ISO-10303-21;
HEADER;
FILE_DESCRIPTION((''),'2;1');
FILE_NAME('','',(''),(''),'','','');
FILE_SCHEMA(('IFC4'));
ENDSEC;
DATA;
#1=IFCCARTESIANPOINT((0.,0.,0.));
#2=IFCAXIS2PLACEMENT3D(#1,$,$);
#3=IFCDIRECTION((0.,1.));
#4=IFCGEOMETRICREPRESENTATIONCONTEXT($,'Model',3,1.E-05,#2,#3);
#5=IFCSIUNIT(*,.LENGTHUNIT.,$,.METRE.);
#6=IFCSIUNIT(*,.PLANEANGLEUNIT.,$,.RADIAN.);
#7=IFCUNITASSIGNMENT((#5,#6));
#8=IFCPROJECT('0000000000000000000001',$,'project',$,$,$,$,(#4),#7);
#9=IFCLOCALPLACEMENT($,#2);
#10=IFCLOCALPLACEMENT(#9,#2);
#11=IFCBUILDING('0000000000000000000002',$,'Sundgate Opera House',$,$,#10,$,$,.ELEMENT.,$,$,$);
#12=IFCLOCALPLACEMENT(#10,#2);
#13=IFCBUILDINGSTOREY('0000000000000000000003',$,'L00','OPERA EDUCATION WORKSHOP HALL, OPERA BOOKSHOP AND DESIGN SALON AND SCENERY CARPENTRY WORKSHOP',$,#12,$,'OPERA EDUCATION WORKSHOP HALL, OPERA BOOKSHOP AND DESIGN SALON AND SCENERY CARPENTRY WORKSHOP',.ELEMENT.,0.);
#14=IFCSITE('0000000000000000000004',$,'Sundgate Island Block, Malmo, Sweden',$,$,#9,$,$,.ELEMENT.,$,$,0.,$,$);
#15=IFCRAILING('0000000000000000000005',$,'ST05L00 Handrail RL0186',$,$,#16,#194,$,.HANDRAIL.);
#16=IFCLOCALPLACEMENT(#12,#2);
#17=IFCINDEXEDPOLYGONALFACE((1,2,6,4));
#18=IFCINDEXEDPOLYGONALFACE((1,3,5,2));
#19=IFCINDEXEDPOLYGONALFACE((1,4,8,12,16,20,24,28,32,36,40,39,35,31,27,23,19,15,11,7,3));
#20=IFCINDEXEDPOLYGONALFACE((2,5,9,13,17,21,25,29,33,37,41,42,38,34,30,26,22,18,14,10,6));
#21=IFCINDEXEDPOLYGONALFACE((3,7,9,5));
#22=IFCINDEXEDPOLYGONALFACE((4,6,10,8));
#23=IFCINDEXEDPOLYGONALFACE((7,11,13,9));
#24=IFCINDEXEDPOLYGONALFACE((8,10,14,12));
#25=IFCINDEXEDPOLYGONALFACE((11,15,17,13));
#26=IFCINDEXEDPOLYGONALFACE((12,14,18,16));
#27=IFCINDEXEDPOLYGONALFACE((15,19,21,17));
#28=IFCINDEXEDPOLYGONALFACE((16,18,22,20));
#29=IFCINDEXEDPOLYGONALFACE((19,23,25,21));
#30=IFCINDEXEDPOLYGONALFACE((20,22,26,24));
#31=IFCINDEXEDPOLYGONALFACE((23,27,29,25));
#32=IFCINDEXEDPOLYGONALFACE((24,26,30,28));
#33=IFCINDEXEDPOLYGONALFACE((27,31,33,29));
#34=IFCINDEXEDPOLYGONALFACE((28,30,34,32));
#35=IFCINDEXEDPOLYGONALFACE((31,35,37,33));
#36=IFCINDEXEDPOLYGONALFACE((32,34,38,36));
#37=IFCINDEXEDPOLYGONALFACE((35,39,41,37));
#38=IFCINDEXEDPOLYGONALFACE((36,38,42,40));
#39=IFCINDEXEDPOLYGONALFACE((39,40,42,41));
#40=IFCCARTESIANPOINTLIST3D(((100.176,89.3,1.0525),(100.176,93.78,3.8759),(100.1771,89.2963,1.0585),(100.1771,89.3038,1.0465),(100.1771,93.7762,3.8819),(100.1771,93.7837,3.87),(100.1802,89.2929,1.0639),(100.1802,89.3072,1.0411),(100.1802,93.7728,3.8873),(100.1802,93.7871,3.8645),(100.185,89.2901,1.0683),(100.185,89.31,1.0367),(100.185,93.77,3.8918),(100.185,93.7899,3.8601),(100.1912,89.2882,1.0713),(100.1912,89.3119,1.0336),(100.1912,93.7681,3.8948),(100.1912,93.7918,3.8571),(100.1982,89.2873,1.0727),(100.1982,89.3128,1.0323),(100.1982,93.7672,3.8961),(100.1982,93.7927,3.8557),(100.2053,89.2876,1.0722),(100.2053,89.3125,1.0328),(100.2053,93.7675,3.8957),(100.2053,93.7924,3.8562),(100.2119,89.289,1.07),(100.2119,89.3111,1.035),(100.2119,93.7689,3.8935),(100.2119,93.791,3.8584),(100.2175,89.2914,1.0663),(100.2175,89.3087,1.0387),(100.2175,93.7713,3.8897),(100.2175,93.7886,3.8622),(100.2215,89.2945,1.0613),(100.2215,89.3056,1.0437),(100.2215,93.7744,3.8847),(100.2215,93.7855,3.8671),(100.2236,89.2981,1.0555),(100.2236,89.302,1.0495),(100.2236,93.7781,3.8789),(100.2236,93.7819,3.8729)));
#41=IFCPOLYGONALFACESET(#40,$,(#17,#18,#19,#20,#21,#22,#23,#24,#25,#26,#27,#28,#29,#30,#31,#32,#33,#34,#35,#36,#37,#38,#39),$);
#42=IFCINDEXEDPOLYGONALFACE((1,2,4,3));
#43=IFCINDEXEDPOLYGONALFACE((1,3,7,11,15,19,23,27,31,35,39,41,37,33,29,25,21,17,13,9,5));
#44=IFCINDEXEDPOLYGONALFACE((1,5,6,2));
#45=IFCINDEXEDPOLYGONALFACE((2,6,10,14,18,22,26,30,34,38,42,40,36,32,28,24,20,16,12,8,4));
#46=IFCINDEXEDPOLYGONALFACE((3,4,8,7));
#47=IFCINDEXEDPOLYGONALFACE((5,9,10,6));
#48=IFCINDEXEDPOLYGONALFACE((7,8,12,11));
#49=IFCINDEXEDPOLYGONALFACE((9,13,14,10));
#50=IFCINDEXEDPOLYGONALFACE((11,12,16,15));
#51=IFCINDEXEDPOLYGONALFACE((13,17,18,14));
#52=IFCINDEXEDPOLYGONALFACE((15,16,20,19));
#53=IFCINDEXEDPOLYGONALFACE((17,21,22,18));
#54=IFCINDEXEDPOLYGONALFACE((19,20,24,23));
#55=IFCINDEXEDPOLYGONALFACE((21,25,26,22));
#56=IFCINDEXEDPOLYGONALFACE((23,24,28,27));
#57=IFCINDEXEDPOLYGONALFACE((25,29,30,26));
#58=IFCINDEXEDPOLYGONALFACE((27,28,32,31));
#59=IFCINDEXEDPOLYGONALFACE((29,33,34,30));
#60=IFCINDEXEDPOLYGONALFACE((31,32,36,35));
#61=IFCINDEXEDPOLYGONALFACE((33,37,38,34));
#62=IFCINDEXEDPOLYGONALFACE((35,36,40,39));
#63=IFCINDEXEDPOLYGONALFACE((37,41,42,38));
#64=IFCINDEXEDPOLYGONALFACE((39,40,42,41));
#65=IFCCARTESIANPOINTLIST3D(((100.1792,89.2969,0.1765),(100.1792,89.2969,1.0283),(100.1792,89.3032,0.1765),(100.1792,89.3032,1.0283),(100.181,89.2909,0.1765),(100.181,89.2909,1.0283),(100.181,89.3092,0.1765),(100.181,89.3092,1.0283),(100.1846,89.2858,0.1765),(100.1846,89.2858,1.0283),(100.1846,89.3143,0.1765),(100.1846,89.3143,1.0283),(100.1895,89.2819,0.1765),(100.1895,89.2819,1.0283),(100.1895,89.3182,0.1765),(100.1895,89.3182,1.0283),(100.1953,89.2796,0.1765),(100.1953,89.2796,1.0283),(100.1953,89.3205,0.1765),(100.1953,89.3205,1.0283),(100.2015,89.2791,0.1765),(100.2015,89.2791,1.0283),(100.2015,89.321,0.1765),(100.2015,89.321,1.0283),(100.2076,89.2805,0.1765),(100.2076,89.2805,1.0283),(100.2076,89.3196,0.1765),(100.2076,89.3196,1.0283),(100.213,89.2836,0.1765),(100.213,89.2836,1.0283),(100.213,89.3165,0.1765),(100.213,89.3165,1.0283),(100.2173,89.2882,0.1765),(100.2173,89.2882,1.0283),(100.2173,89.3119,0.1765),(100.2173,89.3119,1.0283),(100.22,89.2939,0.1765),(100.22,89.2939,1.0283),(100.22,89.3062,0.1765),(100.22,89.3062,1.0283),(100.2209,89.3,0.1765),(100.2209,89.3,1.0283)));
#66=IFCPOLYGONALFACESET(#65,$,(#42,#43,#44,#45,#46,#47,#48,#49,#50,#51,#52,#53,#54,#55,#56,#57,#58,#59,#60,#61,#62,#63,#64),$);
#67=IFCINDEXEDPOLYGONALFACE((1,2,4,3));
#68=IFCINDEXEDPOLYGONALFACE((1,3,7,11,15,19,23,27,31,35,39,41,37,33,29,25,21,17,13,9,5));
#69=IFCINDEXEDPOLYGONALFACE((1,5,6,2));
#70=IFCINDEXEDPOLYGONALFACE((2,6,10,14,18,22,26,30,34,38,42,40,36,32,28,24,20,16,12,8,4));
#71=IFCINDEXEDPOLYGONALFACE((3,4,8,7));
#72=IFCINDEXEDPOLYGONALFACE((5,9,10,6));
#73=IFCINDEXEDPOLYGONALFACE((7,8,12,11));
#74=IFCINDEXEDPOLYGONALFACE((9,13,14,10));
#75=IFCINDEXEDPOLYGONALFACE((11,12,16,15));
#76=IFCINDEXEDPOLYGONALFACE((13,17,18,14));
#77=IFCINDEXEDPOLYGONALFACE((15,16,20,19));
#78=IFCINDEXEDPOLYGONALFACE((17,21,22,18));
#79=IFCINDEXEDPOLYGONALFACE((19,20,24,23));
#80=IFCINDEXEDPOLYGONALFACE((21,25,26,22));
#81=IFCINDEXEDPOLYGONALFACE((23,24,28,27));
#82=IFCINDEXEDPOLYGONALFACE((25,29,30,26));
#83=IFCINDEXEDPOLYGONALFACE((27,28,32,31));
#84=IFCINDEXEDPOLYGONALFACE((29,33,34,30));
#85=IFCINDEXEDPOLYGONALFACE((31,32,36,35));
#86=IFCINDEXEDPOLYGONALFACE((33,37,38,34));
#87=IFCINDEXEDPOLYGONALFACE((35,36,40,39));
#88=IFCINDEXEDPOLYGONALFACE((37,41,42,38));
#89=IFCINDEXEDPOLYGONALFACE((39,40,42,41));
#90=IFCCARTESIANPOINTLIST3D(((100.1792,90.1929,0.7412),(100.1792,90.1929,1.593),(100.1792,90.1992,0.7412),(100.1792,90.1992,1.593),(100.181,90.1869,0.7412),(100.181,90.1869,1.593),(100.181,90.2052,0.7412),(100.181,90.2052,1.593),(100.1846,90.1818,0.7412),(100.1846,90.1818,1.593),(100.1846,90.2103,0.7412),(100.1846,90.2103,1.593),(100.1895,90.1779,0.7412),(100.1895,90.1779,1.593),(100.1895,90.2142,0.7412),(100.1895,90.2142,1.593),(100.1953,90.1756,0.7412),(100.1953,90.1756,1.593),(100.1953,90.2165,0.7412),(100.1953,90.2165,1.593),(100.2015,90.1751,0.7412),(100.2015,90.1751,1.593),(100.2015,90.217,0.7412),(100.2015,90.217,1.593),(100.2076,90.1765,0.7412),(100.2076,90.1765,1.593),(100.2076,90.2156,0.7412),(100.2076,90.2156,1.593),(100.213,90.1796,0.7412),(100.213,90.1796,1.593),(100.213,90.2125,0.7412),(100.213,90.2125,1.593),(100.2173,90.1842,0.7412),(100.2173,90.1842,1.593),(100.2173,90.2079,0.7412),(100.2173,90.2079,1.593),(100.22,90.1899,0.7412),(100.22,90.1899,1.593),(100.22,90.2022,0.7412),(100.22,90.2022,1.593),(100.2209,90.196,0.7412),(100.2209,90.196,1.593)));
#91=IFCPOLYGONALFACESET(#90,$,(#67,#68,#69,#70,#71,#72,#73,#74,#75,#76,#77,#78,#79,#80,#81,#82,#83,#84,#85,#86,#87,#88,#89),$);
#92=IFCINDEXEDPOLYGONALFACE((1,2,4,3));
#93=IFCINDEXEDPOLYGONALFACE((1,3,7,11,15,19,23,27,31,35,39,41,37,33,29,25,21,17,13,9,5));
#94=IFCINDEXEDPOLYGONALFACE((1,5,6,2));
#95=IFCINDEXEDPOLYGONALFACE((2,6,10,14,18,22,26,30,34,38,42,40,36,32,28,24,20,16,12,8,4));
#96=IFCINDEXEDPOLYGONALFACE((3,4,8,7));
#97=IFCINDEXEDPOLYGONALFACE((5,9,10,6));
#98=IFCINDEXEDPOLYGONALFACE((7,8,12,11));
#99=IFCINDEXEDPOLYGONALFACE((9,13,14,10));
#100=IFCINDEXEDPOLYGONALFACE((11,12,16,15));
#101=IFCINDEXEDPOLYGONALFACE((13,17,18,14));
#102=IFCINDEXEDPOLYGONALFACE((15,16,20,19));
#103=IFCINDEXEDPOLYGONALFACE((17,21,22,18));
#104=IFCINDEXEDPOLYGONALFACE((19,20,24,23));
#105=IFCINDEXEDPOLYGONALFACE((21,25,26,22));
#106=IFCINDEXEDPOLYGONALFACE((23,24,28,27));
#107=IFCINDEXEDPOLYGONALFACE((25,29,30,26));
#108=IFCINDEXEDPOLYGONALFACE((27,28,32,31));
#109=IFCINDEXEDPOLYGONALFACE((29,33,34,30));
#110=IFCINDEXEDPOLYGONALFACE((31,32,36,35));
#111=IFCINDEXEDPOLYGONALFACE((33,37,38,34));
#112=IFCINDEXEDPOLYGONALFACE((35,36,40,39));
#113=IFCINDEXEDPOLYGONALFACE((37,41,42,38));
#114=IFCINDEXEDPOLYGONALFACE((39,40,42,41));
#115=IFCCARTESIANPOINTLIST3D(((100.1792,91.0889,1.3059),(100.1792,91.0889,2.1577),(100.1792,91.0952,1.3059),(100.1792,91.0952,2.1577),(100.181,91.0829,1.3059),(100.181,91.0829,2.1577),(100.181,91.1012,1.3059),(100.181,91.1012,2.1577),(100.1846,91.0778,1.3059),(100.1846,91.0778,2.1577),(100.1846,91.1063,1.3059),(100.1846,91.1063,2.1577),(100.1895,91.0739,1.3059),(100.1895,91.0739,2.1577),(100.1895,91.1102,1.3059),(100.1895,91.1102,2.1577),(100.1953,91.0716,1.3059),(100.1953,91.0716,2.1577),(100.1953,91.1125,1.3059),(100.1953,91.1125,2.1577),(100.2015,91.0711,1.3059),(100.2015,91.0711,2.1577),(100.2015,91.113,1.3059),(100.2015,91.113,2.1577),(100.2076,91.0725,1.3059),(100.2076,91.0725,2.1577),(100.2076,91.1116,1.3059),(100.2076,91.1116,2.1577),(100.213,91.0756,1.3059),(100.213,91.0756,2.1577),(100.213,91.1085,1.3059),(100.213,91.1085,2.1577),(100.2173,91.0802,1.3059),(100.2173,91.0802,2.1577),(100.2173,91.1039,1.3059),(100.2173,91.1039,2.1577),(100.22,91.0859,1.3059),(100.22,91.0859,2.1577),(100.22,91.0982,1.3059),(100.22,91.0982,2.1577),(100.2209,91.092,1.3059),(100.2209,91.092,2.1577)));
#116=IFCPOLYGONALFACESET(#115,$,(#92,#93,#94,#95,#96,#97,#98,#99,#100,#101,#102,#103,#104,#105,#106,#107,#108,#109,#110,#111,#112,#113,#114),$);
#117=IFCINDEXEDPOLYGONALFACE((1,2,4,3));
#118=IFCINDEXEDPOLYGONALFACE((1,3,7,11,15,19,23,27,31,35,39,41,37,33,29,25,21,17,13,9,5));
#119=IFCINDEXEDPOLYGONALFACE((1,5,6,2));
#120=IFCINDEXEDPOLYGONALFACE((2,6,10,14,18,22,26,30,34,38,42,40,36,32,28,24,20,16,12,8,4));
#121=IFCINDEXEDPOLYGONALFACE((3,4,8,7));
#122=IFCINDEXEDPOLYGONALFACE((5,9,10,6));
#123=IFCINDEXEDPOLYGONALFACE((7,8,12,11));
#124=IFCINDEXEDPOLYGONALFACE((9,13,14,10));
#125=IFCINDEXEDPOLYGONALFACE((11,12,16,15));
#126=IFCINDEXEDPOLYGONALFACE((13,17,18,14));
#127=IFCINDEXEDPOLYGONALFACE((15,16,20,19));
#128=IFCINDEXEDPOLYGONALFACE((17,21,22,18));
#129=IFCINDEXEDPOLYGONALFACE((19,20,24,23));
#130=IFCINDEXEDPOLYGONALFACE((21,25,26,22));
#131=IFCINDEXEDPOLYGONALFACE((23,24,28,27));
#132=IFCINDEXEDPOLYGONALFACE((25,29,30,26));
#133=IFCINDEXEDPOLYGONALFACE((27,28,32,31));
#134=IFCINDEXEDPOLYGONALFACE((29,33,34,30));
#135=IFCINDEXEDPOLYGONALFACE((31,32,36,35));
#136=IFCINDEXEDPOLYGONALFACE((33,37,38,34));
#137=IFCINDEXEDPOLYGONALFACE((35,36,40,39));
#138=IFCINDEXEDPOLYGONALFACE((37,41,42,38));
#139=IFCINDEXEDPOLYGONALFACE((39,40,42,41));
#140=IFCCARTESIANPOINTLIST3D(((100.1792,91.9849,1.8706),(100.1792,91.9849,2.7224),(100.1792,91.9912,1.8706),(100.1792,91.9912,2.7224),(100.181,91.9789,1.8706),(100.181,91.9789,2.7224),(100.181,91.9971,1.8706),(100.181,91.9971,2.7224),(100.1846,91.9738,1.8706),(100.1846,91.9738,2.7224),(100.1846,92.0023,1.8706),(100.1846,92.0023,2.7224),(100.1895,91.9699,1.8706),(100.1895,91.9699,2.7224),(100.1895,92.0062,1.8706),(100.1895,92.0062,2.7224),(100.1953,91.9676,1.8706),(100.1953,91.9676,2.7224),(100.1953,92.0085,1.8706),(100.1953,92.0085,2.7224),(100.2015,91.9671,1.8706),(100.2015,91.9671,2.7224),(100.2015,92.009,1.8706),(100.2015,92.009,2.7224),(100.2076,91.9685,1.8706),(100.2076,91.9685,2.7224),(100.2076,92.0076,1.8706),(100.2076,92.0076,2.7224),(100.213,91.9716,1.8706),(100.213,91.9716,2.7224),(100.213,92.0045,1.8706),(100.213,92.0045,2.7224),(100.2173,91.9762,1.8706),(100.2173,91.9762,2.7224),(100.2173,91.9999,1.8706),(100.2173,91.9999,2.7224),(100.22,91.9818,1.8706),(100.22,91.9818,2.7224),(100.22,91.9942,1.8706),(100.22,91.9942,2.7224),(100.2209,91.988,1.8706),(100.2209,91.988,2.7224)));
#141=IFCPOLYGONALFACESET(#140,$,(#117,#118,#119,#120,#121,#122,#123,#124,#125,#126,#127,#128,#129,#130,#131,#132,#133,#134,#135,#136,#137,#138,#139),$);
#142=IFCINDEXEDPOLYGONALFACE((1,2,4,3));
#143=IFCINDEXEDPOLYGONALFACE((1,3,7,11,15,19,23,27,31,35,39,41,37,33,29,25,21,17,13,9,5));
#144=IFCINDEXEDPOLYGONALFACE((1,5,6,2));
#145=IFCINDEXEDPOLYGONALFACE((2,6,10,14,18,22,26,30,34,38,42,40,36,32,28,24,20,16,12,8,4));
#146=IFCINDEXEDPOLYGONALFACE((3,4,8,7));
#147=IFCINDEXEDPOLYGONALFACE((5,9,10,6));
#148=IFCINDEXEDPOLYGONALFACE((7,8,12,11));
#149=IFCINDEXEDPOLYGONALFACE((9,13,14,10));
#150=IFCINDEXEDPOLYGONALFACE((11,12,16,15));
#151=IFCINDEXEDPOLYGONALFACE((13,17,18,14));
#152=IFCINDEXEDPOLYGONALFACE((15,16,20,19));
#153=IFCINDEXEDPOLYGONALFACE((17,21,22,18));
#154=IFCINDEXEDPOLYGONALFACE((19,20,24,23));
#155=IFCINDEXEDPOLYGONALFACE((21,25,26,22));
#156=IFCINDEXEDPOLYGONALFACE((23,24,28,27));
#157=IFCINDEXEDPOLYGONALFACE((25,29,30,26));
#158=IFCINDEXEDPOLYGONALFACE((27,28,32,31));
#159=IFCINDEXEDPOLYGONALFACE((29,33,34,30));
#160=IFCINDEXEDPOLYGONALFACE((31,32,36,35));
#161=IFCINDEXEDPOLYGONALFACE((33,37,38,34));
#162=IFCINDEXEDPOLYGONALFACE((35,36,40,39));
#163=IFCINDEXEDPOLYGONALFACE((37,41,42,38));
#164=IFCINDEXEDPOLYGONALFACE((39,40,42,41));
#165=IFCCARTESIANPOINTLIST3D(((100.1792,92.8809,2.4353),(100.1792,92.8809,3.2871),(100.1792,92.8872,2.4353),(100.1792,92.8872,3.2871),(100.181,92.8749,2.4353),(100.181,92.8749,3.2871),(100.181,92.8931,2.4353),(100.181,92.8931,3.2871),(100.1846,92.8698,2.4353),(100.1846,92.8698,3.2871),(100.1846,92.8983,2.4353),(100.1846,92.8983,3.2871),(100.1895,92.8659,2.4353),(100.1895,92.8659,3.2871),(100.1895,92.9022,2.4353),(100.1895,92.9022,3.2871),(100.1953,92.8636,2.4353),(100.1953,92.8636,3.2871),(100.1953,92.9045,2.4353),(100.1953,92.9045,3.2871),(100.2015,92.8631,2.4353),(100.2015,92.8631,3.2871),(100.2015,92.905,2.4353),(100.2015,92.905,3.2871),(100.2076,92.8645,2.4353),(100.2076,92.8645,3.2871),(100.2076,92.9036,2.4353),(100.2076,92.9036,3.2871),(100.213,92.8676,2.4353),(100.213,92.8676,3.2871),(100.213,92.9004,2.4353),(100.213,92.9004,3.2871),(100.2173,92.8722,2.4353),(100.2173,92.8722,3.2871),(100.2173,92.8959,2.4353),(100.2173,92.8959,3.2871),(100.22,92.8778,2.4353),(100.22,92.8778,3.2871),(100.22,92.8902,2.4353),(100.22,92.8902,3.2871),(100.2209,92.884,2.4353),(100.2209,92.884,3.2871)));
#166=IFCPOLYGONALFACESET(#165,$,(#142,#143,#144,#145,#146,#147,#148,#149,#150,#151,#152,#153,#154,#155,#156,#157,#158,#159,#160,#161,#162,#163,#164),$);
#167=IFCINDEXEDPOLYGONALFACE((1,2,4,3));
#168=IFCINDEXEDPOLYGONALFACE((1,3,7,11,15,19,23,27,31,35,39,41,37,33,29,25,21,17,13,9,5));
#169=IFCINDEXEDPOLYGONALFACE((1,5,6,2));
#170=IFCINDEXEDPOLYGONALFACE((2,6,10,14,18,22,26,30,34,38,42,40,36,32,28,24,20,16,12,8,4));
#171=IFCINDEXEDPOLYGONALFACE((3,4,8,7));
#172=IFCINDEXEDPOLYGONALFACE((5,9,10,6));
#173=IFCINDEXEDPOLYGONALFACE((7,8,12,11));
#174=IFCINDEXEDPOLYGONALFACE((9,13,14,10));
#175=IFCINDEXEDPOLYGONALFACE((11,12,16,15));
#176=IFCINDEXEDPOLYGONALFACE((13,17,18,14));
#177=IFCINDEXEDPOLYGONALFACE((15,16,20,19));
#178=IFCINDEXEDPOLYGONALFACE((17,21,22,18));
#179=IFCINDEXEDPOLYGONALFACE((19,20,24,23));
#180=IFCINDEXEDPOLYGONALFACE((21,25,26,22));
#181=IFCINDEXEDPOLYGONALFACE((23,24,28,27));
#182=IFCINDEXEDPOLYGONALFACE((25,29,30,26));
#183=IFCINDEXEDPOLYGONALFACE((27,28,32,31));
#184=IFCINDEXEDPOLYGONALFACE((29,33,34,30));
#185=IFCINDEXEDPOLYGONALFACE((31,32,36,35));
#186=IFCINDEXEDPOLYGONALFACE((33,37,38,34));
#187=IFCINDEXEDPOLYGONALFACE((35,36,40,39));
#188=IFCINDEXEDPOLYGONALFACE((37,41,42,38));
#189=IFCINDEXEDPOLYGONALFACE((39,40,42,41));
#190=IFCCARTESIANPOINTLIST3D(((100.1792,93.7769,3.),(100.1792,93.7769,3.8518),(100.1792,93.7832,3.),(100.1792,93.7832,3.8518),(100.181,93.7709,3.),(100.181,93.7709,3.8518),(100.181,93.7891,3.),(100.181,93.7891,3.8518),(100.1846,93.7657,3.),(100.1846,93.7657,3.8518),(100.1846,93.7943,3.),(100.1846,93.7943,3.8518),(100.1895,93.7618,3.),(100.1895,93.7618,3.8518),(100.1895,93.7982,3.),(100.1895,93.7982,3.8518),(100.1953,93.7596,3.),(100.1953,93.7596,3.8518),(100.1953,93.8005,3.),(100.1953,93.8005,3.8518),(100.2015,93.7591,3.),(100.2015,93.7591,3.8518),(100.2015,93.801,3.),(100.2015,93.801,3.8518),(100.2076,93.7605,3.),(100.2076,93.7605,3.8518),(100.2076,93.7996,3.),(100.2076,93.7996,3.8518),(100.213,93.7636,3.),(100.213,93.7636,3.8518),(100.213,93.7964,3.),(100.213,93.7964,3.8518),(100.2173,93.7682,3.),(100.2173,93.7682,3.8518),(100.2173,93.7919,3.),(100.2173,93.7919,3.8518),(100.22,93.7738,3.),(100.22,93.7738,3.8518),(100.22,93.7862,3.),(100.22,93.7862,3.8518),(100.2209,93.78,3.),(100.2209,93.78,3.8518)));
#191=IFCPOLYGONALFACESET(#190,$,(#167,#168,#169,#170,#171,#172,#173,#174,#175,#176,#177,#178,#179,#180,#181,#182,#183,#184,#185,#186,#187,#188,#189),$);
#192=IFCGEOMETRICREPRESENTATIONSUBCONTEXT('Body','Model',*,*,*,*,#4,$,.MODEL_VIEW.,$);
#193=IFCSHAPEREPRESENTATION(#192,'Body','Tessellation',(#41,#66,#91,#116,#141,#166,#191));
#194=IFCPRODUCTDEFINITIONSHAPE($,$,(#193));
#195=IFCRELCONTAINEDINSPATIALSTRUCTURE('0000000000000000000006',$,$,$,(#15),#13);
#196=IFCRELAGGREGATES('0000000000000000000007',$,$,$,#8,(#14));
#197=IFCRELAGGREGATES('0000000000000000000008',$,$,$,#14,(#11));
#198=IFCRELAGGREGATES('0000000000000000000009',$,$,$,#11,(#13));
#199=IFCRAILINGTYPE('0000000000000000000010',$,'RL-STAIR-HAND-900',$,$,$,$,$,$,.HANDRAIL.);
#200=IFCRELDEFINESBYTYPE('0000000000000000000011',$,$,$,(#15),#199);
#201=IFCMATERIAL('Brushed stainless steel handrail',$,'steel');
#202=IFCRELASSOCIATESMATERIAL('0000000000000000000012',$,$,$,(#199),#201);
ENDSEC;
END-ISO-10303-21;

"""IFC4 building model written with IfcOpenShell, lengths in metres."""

from ifc_helpers import new_model, si_unit, direction, frame, origin, origin_2d, place, context, subcontext, project, spatial, circle, extrude, material, type_object, element, save


model = new_model("IFC4")

# Units and contexts
model_context = context("Model", 3, precision=1e-05, world=origin(), true_north=direction((0.0, 1.0)))
body_context = subcontext(model_context, "Body", "Model", "MODEL_VIEW")
ifc_project = project(units=[si_unit("LENGTHUNIT", "METRE"), si_unit("PLANEANGLEUNIT", "RADIAN")], contexts=[model_context])

# Site, building, storey
site_placement = place(None, origin())
site = spatial("IfcSite", under=ifc_project, at=site_placement, Name="Sundgate Island Block, Malmo, Sweden", CompositionType="ELEMENT", RefElevation=0.0)
building_placement = place(site_placement, origin())
building = spatial("IfcBuilding", under=site, at=building_placement, Name="Sundgate Opera House", CompositionType="ELEMENT")
storey_placement = place(building_placement, origin())
storey = spatial("IfcBuildingStorey", under=building, at=storey_placement, Name="L00", Description="OPERA EDUCATION WORKSHOP HALL, OPERA BOOKSHOP AND DESIGN SALON AND SCENERY CARPENTRY WORKSHOP", LongName="OPERA EDUCATION WORKSHOP HALL, OPERA BOOKSHOP AND DESIGN SALON AND SCENERY CARPENTRY WORKSHOP", CompositionType="ELEMENT", Elevation=0.0)

# Railing
ifc_material_1 = material(Name="Brushed stainless steel handrail", Category="steel")
railing_type_1 = type_object("IfcRailingType", Name="RL-STAIR-HAND-900", PredefinedType="HANDRAIL", material=ifc_material_1)
railing_1_placement = place(storey_placement, frame((100.2, 89.3, 0.1765)))
element("IfcRailing", 1, at=railing_1_placement, inside=storey, type_object=railing_type_1, Name="ST05L00 Handrail RL0186", PredefinedType="HANDRAIL", context=body_context, shape_type="SweptSolid", body=[
    extrude(circle(Radius=0.0239, at=origin_2d()), frame((0.0, 0.0, 0.876), z_axis=(0.0, 0.845998, 0.533186), x_axis=(-1.0, 0.0, 0.0)), (0.0, 0.0, 1.0), 5.2954),
    extrude(circle(Radius=0.021, at=origin_2d()), origin(), (0.0, 0.0, 1.0), 0.8518),
    extrude(circle(Radius=0.021, at=origin_2d()), frame((0.0, 0.896, 0.5647)), (0.0, 0.0, 1.0), 0.8518),
    extrude(circle(Radius=0.021, at=origin_2d()), frame((0.0, 1.792, 1.1294)), (0.0, 0.0, 1.0), 0.8518),
    extrude(circle(Radius=0.021, at=origin_2d()), frame((0.0, 2.688, 1.6941)), (0.0, 0.0, 1.0), 0.8518),
    extrude(circle(Radius=0.021, at=origin_2d()), frame((0.0, 3.584, 2.2588)), (0.0, 0.0, 1.0), 0.8518),
    extrude(circle(Radius=0.021, at=origin_2d()), frame((0.0, 4.48, 2.8235)), (0.0, 0.0, 1.0), 0.8518),
])

save(model, "model.ifc")
